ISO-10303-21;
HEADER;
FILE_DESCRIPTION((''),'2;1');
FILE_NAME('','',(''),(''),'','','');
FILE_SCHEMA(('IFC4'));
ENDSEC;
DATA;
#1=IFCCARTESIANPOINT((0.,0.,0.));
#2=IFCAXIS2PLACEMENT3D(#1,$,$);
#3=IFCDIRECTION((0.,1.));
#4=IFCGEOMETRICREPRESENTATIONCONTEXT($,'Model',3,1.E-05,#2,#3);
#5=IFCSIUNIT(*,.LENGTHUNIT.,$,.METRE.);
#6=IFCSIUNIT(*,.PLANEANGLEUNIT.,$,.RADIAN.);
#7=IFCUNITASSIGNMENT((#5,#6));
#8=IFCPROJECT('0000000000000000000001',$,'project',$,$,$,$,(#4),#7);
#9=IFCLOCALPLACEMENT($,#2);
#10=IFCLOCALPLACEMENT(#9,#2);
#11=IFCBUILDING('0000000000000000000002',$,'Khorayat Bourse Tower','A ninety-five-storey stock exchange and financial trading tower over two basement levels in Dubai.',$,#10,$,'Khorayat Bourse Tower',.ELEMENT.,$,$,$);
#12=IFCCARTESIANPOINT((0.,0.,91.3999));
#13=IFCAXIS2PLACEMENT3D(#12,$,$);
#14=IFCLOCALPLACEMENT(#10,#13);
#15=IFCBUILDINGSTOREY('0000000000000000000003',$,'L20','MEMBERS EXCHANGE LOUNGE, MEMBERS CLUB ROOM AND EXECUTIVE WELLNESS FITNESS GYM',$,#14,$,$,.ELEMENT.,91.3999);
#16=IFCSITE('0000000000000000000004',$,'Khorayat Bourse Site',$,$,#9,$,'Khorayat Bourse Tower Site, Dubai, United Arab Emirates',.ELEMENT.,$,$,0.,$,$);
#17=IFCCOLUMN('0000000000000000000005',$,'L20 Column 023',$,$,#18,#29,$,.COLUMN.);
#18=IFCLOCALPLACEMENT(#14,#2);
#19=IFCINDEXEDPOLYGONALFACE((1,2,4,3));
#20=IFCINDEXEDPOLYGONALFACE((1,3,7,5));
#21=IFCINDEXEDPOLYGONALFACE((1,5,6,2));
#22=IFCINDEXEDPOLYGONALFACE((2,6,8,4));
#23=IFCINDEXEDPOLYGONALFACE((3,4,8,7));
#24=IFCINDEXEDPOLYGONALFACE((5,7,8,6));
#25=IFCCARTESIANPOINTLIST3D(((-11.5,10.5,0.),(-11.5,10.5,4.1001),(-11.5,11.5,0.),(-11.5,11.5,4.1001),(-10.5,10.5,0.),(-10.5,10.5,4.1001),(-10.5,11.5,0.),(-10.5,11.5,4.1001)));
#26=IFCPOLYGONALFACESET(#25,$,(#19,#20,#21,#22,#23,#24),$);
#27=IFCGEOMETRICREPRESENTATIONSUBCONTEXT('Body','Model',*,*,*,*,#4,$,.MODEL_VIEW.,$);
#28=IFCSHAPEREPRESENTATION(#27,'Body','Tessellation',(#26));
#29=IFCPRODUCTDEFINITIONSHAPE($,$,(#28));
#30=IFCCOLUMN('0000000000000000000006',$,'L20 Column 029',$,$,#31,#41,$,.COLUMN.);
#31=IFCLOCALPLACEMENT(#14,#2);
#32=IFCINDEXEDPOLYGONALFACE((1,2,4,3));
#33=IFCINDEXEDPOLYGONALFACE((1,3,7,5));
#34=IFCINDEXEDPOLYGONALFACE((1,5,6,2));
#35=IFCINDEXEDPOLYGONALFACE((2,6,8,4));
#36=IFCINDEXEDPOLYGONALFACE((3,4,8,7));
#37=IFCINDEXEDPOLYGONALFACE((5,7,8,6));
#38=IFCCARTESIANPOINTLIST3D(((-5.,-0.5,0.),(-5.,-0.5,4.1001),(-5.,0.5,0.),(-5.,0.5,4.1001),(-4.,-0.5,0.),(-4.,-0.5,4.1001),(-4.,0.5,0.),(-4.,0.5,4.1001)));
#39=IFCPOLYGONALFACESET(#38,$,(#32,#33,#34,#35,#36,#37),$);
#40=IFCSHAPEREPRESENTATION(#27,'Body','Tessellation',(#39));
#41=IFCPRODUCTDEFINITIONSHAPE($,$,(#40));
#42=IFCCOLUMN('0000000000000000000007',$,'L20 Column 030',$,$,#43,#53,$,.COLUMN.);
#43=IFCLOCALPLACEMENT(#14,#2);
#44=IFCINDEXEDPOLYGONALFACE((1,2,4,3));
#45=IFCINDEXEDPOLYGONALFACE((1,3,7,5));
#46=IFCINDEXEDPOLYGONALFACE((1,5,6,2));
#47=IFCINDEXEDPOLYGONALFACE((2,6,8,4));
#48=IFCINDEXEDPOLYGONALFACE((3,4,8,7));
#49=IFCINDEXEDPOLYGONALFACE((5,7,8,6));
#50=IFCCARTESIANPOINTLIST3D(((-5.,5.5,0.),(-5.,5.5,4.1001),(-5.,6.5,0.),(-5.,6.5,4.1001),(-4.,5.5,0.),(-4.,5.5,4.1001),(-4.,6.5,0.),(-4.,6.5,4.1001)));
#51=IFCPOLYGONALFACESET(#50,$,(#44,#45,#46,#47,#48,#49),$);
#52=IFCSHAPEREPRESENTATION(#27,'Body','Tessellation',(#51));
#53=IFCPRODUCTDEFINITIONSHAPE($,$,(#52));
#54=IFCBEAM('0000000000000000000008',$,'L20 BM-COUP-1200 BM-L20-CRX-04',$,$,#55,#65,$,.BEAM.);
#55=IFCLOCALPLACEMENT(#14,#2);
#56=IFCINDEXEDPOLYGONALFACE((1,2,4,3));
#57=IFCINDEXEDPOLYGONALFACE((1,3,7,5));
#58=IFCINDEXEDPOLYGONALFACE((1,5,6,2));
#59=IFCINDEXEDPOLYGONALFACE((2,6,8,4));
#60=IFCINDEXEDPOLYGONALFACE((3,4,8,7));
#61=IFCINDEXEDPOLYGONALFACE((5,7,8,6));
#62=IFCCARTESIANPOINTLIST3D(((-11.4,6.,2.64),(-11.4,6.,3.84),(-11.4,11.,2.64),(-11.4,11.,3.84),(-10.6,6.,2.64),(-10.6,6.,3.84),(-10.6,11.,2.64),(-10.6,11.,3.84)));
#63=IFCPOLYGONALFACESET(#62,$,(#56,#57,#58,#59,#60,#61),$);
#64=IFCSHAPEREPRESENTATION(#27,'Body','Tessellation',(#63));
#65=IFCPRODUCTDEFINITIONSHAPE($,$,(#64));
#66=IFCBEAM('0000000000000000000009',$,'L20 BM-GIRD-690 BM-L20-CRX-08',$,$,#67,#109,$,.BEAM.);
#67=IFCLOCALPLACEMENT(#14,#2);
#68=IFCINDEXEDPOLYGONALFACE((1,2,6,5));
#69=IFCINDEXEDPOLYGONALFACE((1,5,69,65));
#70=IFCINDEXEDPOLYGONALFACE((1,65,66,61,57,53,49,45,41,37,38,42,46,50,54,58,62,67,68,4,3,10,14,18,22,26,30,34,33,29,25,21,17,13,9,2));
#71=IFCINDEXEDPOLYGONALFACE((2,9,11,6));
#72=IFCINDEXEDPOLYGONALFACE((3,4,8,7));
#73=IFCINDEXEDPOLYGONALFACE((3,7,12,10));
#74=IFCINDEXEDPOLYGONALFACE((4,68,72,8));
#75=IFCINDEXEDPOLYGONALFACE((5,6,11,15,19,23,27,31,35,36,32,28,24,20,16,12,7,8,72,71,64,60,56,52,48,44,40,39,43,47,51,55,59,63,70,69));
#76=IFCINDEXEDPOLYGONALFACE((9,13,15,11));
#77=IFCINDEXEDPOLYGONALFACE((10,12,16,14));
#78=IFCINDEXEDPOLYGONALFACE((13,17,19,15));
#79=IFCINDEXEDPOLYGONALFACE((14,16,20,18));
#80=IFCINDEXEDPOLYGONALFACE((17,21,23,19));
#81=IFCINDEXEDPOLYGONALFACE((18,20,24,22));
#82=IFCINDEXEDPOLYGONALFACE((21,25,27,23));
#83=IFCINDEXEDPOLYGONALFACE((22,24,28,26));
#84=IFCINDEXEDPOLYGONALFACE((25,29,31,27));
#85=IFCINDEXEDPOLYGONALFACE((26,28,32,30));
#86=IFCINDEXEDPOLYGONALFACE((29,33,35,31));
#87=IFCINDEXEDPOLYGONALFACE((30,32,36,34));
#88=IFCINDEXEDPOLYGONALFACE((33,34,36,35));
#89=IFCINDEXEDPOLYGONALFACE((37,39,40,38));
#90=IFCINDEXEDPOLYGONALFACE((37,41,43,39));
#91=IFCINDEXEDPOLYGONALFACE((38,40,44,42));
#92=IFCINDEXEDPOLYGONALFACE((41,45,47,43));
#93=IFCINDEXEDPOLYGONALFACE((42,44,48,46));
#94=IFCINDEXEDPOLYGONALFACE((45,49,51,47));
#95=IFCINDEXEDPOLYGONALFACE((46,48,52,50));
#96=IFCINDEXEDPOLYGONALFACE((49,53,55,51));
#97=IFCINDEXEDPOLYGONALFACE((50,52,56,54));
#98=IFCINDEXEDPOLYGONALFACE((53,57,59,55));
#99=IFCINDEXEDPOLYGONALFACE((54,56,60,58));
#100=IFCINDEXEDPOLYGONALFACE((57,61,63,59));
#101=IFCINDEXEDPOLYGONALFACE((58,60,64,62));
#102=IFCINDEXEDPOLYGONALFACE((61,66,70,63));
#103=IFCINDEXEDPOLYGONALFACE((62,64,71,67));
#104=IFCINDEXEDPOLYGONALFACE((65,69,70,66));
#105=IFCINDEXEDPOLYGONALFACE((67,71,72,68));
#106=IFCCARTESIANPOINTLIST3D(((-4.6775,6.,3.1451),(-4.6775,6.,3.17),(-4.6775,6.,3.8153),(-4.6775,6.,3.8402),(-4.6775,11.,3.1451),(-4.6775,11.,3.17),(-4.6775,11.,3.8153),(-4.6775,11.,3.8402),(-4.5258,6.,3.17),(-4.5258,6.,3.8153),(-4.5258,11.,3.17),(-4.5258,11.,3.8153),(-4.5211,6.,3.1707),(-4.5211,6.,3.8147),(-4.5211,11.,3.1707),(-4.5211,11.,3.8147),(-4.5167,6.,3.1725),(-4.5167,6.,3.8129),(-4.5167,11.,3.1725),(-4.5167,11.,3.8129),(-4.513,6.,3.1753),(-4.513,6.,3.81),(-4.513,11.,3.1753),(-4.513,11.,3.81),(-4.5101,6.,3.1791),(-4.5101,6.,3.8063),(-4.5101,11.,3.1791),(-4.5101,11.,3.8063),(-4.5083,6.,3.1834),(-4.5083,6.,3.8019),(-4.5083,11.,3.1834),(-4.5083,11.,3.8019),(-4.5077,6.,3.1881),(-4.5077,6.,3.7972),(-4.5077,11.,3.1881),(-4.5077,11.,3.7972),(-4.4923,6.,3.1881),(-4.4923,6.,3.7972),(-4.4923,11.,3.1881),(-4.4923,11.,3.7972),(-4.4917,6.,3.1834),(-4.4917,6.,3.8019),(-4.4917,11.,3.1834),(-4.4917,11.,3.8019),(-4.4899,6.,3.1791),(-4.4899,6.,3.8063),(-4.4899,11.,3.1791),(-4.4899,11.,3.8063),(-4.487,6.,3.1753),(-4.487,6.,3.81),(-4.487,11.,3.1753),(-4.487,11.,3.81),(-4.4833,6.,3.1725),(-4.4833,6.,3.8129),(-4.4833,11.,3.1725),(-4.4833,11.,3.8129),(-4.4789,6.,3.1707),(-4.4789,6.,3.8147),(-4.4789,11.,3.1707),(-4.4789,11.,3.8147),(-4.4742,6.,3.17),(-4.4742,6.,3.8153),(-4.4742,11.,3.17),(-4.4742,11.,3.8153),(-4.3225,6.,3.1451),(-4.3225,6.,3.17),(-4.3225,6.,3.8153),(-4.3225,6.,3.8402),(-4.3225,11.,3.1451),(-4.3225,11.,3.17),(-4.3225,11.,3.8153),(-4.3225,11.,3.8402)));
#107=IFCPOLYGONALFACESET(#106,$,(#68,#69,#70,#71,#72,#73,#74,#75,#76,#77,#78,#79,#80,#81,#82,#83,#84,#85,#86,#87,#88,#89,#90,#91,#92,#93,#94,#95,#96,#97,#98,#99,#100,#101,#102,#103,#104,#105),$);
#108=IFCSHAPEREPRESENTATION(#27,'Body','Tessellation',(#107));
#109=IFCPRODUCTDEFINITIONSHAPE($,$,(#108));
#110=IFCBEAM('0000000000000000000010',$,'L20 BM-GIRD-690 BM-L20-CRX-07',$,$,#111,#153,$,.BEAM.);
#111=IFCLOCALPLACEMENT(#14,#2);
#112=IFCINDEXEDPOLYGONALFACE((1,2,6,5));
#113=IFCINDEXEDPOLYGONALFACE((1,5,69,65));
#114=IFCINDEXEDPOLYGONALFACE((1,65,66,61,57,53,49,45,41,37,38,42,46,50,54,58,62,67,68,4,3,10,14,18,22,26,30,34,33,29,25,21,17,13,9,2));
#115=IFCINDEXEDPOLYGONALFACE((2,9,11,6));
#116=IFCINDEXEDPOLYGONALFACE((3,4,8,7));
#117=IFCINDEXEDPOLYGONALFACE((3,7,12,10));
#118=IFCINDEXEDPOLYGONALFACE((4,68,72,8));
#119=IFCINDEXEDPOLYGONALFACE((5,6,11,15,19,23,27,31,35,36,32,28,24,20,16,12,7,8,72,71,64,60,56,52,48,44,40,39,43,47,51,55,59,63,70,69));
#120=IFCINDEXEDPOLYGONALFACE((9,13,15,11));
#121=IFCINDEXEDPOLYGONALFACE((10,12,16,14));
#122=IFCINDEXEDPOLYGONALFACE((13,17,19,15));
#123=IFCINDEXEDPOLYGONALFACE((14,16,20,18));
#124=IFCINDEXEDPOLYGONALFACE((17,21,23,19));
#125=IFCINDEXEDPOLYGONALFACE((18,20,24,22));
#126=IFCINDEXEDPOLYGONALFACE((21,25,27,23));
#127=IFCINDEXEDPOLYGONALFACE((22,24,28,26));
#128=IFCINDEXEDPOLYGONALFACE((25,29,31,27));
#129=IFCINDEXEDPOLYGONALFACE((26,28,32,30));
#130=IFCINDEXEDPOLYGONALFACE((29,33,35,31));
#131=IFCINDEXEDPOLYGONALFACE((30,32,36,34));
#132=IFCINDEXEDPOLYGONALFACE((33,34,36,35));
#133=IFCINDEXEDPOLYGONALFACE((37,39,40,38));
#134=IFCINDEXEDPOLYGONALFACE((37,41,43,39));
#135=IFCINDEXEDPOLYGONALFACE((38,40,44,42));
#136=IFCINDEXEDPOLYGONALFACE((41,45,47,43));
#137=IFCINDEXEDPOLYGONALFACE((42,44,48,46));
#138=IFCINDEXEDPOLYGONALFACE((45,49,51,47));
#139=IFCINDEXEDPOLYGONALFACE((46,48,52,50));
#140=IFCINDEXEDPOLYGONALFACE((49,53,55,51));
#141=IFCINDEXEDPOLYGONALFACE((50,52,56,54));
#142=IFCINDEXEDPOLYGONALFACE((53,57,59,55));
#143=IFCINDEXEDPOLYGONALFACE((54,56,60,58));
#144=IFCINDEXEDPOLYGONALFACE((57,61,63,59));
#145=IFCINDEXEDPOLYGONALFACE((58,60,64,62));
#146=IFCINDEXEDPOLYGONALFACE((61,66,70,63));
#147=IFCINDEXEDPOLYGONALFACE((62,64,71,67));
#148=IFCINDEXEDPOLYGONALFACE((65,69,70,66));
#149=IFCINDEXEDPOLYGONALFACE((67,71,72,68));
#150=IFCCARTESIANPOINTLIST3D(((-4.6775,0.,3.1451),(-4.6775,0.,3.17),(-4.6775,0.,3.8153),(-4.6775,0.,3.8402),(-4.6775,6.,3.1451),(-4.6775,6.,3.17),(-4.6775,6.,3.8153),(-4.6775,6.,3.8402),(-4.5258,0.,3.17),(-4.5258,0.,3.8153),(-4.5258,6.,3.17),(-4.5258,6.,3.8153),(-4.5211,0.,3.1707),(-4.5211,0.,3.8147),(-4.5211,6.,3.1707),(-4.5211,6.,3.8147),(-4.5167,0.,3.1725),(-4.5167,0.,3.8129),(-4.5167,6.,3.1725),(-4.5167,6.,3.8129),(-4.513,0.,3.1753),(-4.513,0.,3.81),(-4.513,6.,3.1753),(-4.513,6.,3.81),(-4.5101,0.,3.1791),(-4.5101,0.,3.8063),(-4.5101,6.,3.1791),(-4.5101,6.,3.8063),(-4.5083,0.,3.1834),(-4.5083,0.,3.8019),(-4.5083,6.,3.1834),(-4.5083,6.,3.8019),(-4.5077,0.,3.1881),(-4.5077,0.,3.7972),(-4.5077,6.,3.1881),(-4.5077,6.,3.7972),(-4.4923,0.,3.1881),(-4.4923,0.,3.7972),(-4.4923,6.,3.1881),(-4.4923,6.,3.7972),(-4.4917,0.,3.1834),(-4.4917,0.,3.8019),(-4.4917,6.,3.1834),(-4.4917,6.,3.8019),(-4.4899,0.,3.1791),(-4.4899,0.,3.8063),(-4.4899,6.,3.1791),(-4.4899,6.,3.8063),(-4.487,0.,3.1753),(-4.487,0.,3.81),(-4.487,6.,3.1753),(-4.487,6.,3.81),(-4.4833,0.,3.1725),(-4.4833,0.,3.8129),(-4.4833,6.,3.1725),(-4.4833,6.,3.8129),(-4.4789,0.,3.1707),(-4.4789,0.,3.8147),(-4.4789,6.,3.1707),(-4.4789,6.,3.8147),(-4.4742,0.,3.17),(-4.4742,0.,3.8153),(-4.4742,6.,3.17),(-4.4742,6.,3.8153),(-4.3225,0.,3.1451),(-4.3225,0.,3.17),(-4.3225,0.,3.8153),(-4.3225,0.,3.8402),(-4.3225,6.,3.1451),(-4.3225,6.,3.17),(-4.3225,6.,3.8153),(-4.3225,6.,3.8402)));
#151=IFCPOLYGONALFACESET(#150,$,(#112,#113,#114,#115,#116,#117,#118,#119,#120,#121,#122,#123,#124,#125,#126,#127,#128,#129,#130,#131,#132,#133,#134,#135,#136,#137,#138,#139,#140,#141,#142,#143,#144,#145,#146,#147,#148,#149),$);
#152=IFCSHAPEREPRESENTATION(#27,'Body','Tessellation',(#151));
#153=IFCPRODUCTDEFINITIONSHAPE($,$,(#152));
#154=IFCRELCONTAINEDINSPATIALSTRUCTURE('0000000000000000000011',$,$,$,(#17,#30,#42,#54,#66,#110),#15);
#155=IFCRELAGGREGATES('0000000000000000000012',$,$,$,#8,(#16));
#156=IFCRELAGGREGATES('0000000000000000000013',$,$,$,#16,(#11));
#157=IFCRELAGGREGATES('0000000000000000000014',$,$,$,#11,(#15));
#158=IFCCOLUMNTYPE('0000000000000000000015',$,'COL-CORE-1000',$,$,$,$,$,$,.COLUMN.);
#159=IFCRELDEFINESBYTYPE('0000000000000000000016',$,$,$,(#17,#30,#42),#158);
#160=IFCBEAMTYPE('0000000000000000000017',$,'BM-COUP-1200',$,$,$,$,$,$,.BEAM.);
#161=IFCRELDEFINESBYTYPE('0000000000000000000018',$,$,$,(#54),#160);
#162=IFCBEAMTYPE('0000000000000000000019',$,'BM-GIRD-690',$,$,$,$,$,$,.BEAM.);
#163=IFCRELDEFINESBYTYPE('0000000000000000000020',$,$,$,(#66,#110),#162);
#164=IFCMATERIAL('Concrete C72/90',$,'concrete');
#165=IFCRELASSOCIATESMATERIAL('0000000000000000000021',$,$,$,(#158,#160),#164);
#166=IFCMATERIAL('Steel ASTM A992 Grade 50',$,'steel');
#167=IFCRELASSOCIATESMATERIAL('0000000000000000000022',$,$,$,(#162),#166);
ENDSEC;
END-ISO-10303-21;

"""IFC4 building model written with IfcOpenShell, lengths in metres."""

from ifc_helpers import new_model, si_unit, direction, frame, origin, origin_2d, place, context, subcontext, project, spatial, rectangle, i_section, extrude, source, transform, mapped, material, material_profile, profile_set, type_object, element, save


model = new_model("IFC4")

# Units and contexts
model_context = context("Model", 3, precision=1e-05, world=origin(), true_north=direction((0.0, 1.0)))
body_context = subcontext(model_context, "Body", "Model", "MODEL_VIEW")
ifc_project = project(units=[si_unit("LENGTHUNIT", "METRE"), si_unit("PLANEANGLEUNIT", "RADIAN")], contexts=[model_context])

# Site, building, storey
site_placement = place(None, origin())
site = spatial("IfcSite", under=ifc_project, at=site_placement, Name="Khorayat Bourse Site", LongName="Khorayat Bourse Tower Site, Dubai, United Arab Emirates", CompositionType="ELEMENT", RefElevation=0.0)
building_placement = place(site_placement, origin())
building = spatial("IfcBuilding", under=site, at=building_placement, Name="Khorayat Bourse Tower", Description="A ninety-five-storey stock exchange and financial trading tower over two basement levels in Dubai.", LongName="Khorayat Bourse Tower", CompositionType="ELEMENT")
storey_placement = place(building_placement, frame((0.0, 0.0, 91.3999)))
storey = spatial("IfcBuildingStorey", under=building, at=storey_placement, Name="L20", Description="MEMBERS EXCHANGE LOUNGE, MEMBERS CLUB ROOM AND EXECUTIVE WELLNESS FITNESS GYM", CompositionType="ELEMENT", Elevation=91.3999)

# Columns
ifc_material_1 = material(Name="Concrete C72/90", Category="concrete")
ifc_material_profile_1 = material_profile(ifc_material_1, rectangle(XDim=1.0, YDim=1.0, at=origin_2d()), Name="RC 1000x1000")
ifc_profile_set_1 = profile_set([ifc_material_profile_1], Name="Concrete C72/90")
column_type = type_object("IfcColumnType", Name="COL-CORE-1000", PredefinedType="COLUMN", material=ifc_profile_set_1)
shared_shape_1 = source(origin(), body_context, "Body", "SweptSolid", [
    extrude(rectangle(XDim=1.0, YDim=1.0, at=origin_2d()), origin(), (0.0, 0.0, 1.0), 4.1001),
])
for number, where, z_axis, x_axis, name in (
    (1, (-11.0, 11.0, 0.0), (0.0, 0.0, 1.0), (1.0, 0.0, 0.0), "L20 Column 023"),
    (2, (-4.5, 0.0, 0.0), (0.0, 0.0, 1.0), (1.0, 0.0, 0.0), "L20 Column 029"),
    (3, (-4.5, 6.0, 0.0), (0.0, 0.0, 1.0), (1.0, 0.0, 0.0), "L20 Column 030"),
):
    element("IfcColumn", number, at=place(storey_placement, frame(where, z_axis=z_axis, x_axis=x_axis)), inside=storey, type_object=column_type, Name=name, PredefinedType="COLUMN", context=body_context, shape_type="MappedRepresentation", body=[
        mapped(shared_shape_1, transform((0.0, 0.0, 0.0), scale=1.0)),
    ])

# Beams
ifc_material_profile_2 = material_profile(ifc_material_1, rectangle(XDim=0.8, YDim=1.2, at=origin_2d()), Name="RC 800x1200")
ifc_profile_set_2 = profile_set([ifc_material_profile_2], Name="Concrete C72/90")
beam_type_1 = type_object("IfcBeamType", Name="BM-COUP-1200", PredefinedType="BEAM", material=ifc_profile_set_2)
shared_shape_2 = source(origin(), body_context, "Body", "SweptSolid", [
    extrude(rectangle(XDim=0.8, YDim=1.2, at=origin_2d()), origin(), (0.0, 0.0, 1.0), 5.0),
])
beam_1_placement = place(storey_placement, frame((-11.0, 6.0, 3.24), z_axis=(0.0, 1.0, 0.0), x_axis=(-1.0, 0.0, 0.0)))
element("IfcBeam", 4, at=beam_1_placement, inside=storey, type_object=beam_type_1, Name="L20 BM-COUP-1200 BM-L20-CRX-04", PredefinedType="BEAM", context=body_context, shape_type="MappedRepresentation", body=[
    mapped(shared_shape_2, transform((0.0, 0.0, 0.0), scale=1.0)),
])
ifc_material_2 = material(Name="Steel ASTM A992 Grade 50", Category="steel")
ifc_material_profile_3 = material_profile(ifc_material_2, i_section(OverallWidth=0.355, OverallDepth=0.6951, WebThickness=0.0154, FlangeThickness=0.0249, FilletRadius=0.0181, at=origin_2d()), Name="W690X217")
ifc_profile_set_3 = profile_set([ifc_material_profile_3], Name="Steel ASTM A992 Grade 50")
beam_type_2 = type_object("IfcBeamType", Name="BM-GIRD-690", PredefinedType="BEAM", material=ifc_profile_set_3)
shared_shape_3 = source(origin(), body_context, "Body", "SweptSolid", [
    extrude(i_section(OverallWidth=0.355, OverallDepth=0.6951, WebThickness=0.0154, FlangeThickness=0.0249, FilletRadius=0.0181, at=origin_2d()), origin(), (0.0, 0.0, 1.0), 5.0),
])
beam_2_placement = place(storey_placement, frame((-4.5, 6.0, 3.4927), z_axis=(0.0, 1.0, 0.0), x_axis=(-1.0, 0.0, 0.0)))
element("IfcBeam", 5, at=beam_2_placement, inside=storey, type_object=beam_type_2, Name="L20 BM-GIRD-690 BM-L20-CRX-08", PredefinedType="BEAM", context=body_context, shape_type="MappedRepresentation", body=[
    mapped(shared_shape_3, transform((0.0, 0.0, 0.0), scale=1.0)),
])
shared_shape_4 = source(origin(), body_context, "Body", "SweptSolid", [
    extrude(i_section(OverallWidth=0.355, OverallDepth=0.6951, WebThickness=0.0154, FlangeThickness=0.0249, FilletRadius=0.0181, at=origin_2d()), origin(), (0.0, 0.0, 1.0), 6.0),
])
beam_3_placement = place(storey_placement, frame((-4.5, 0.0, 3.4927), z_axis=(0.0, 1.0, 0.0), x_axis=(-1.0, 0.0, 0.0)))
element("IfcBeam", 6, at=beam_3_placement, inside=storey, type_object=beam_type_2, Name="L20 BM-GIRD-690 BM-L20-CRX-07", PredefinedType="BEAM", context=body_context, shape_type="MappedRepresentation", body=[
    mapped(shared_shape_4, transform((0.0, 0.0, 0.0), scale=1.0)),
])

save(model, "model.ifc")
